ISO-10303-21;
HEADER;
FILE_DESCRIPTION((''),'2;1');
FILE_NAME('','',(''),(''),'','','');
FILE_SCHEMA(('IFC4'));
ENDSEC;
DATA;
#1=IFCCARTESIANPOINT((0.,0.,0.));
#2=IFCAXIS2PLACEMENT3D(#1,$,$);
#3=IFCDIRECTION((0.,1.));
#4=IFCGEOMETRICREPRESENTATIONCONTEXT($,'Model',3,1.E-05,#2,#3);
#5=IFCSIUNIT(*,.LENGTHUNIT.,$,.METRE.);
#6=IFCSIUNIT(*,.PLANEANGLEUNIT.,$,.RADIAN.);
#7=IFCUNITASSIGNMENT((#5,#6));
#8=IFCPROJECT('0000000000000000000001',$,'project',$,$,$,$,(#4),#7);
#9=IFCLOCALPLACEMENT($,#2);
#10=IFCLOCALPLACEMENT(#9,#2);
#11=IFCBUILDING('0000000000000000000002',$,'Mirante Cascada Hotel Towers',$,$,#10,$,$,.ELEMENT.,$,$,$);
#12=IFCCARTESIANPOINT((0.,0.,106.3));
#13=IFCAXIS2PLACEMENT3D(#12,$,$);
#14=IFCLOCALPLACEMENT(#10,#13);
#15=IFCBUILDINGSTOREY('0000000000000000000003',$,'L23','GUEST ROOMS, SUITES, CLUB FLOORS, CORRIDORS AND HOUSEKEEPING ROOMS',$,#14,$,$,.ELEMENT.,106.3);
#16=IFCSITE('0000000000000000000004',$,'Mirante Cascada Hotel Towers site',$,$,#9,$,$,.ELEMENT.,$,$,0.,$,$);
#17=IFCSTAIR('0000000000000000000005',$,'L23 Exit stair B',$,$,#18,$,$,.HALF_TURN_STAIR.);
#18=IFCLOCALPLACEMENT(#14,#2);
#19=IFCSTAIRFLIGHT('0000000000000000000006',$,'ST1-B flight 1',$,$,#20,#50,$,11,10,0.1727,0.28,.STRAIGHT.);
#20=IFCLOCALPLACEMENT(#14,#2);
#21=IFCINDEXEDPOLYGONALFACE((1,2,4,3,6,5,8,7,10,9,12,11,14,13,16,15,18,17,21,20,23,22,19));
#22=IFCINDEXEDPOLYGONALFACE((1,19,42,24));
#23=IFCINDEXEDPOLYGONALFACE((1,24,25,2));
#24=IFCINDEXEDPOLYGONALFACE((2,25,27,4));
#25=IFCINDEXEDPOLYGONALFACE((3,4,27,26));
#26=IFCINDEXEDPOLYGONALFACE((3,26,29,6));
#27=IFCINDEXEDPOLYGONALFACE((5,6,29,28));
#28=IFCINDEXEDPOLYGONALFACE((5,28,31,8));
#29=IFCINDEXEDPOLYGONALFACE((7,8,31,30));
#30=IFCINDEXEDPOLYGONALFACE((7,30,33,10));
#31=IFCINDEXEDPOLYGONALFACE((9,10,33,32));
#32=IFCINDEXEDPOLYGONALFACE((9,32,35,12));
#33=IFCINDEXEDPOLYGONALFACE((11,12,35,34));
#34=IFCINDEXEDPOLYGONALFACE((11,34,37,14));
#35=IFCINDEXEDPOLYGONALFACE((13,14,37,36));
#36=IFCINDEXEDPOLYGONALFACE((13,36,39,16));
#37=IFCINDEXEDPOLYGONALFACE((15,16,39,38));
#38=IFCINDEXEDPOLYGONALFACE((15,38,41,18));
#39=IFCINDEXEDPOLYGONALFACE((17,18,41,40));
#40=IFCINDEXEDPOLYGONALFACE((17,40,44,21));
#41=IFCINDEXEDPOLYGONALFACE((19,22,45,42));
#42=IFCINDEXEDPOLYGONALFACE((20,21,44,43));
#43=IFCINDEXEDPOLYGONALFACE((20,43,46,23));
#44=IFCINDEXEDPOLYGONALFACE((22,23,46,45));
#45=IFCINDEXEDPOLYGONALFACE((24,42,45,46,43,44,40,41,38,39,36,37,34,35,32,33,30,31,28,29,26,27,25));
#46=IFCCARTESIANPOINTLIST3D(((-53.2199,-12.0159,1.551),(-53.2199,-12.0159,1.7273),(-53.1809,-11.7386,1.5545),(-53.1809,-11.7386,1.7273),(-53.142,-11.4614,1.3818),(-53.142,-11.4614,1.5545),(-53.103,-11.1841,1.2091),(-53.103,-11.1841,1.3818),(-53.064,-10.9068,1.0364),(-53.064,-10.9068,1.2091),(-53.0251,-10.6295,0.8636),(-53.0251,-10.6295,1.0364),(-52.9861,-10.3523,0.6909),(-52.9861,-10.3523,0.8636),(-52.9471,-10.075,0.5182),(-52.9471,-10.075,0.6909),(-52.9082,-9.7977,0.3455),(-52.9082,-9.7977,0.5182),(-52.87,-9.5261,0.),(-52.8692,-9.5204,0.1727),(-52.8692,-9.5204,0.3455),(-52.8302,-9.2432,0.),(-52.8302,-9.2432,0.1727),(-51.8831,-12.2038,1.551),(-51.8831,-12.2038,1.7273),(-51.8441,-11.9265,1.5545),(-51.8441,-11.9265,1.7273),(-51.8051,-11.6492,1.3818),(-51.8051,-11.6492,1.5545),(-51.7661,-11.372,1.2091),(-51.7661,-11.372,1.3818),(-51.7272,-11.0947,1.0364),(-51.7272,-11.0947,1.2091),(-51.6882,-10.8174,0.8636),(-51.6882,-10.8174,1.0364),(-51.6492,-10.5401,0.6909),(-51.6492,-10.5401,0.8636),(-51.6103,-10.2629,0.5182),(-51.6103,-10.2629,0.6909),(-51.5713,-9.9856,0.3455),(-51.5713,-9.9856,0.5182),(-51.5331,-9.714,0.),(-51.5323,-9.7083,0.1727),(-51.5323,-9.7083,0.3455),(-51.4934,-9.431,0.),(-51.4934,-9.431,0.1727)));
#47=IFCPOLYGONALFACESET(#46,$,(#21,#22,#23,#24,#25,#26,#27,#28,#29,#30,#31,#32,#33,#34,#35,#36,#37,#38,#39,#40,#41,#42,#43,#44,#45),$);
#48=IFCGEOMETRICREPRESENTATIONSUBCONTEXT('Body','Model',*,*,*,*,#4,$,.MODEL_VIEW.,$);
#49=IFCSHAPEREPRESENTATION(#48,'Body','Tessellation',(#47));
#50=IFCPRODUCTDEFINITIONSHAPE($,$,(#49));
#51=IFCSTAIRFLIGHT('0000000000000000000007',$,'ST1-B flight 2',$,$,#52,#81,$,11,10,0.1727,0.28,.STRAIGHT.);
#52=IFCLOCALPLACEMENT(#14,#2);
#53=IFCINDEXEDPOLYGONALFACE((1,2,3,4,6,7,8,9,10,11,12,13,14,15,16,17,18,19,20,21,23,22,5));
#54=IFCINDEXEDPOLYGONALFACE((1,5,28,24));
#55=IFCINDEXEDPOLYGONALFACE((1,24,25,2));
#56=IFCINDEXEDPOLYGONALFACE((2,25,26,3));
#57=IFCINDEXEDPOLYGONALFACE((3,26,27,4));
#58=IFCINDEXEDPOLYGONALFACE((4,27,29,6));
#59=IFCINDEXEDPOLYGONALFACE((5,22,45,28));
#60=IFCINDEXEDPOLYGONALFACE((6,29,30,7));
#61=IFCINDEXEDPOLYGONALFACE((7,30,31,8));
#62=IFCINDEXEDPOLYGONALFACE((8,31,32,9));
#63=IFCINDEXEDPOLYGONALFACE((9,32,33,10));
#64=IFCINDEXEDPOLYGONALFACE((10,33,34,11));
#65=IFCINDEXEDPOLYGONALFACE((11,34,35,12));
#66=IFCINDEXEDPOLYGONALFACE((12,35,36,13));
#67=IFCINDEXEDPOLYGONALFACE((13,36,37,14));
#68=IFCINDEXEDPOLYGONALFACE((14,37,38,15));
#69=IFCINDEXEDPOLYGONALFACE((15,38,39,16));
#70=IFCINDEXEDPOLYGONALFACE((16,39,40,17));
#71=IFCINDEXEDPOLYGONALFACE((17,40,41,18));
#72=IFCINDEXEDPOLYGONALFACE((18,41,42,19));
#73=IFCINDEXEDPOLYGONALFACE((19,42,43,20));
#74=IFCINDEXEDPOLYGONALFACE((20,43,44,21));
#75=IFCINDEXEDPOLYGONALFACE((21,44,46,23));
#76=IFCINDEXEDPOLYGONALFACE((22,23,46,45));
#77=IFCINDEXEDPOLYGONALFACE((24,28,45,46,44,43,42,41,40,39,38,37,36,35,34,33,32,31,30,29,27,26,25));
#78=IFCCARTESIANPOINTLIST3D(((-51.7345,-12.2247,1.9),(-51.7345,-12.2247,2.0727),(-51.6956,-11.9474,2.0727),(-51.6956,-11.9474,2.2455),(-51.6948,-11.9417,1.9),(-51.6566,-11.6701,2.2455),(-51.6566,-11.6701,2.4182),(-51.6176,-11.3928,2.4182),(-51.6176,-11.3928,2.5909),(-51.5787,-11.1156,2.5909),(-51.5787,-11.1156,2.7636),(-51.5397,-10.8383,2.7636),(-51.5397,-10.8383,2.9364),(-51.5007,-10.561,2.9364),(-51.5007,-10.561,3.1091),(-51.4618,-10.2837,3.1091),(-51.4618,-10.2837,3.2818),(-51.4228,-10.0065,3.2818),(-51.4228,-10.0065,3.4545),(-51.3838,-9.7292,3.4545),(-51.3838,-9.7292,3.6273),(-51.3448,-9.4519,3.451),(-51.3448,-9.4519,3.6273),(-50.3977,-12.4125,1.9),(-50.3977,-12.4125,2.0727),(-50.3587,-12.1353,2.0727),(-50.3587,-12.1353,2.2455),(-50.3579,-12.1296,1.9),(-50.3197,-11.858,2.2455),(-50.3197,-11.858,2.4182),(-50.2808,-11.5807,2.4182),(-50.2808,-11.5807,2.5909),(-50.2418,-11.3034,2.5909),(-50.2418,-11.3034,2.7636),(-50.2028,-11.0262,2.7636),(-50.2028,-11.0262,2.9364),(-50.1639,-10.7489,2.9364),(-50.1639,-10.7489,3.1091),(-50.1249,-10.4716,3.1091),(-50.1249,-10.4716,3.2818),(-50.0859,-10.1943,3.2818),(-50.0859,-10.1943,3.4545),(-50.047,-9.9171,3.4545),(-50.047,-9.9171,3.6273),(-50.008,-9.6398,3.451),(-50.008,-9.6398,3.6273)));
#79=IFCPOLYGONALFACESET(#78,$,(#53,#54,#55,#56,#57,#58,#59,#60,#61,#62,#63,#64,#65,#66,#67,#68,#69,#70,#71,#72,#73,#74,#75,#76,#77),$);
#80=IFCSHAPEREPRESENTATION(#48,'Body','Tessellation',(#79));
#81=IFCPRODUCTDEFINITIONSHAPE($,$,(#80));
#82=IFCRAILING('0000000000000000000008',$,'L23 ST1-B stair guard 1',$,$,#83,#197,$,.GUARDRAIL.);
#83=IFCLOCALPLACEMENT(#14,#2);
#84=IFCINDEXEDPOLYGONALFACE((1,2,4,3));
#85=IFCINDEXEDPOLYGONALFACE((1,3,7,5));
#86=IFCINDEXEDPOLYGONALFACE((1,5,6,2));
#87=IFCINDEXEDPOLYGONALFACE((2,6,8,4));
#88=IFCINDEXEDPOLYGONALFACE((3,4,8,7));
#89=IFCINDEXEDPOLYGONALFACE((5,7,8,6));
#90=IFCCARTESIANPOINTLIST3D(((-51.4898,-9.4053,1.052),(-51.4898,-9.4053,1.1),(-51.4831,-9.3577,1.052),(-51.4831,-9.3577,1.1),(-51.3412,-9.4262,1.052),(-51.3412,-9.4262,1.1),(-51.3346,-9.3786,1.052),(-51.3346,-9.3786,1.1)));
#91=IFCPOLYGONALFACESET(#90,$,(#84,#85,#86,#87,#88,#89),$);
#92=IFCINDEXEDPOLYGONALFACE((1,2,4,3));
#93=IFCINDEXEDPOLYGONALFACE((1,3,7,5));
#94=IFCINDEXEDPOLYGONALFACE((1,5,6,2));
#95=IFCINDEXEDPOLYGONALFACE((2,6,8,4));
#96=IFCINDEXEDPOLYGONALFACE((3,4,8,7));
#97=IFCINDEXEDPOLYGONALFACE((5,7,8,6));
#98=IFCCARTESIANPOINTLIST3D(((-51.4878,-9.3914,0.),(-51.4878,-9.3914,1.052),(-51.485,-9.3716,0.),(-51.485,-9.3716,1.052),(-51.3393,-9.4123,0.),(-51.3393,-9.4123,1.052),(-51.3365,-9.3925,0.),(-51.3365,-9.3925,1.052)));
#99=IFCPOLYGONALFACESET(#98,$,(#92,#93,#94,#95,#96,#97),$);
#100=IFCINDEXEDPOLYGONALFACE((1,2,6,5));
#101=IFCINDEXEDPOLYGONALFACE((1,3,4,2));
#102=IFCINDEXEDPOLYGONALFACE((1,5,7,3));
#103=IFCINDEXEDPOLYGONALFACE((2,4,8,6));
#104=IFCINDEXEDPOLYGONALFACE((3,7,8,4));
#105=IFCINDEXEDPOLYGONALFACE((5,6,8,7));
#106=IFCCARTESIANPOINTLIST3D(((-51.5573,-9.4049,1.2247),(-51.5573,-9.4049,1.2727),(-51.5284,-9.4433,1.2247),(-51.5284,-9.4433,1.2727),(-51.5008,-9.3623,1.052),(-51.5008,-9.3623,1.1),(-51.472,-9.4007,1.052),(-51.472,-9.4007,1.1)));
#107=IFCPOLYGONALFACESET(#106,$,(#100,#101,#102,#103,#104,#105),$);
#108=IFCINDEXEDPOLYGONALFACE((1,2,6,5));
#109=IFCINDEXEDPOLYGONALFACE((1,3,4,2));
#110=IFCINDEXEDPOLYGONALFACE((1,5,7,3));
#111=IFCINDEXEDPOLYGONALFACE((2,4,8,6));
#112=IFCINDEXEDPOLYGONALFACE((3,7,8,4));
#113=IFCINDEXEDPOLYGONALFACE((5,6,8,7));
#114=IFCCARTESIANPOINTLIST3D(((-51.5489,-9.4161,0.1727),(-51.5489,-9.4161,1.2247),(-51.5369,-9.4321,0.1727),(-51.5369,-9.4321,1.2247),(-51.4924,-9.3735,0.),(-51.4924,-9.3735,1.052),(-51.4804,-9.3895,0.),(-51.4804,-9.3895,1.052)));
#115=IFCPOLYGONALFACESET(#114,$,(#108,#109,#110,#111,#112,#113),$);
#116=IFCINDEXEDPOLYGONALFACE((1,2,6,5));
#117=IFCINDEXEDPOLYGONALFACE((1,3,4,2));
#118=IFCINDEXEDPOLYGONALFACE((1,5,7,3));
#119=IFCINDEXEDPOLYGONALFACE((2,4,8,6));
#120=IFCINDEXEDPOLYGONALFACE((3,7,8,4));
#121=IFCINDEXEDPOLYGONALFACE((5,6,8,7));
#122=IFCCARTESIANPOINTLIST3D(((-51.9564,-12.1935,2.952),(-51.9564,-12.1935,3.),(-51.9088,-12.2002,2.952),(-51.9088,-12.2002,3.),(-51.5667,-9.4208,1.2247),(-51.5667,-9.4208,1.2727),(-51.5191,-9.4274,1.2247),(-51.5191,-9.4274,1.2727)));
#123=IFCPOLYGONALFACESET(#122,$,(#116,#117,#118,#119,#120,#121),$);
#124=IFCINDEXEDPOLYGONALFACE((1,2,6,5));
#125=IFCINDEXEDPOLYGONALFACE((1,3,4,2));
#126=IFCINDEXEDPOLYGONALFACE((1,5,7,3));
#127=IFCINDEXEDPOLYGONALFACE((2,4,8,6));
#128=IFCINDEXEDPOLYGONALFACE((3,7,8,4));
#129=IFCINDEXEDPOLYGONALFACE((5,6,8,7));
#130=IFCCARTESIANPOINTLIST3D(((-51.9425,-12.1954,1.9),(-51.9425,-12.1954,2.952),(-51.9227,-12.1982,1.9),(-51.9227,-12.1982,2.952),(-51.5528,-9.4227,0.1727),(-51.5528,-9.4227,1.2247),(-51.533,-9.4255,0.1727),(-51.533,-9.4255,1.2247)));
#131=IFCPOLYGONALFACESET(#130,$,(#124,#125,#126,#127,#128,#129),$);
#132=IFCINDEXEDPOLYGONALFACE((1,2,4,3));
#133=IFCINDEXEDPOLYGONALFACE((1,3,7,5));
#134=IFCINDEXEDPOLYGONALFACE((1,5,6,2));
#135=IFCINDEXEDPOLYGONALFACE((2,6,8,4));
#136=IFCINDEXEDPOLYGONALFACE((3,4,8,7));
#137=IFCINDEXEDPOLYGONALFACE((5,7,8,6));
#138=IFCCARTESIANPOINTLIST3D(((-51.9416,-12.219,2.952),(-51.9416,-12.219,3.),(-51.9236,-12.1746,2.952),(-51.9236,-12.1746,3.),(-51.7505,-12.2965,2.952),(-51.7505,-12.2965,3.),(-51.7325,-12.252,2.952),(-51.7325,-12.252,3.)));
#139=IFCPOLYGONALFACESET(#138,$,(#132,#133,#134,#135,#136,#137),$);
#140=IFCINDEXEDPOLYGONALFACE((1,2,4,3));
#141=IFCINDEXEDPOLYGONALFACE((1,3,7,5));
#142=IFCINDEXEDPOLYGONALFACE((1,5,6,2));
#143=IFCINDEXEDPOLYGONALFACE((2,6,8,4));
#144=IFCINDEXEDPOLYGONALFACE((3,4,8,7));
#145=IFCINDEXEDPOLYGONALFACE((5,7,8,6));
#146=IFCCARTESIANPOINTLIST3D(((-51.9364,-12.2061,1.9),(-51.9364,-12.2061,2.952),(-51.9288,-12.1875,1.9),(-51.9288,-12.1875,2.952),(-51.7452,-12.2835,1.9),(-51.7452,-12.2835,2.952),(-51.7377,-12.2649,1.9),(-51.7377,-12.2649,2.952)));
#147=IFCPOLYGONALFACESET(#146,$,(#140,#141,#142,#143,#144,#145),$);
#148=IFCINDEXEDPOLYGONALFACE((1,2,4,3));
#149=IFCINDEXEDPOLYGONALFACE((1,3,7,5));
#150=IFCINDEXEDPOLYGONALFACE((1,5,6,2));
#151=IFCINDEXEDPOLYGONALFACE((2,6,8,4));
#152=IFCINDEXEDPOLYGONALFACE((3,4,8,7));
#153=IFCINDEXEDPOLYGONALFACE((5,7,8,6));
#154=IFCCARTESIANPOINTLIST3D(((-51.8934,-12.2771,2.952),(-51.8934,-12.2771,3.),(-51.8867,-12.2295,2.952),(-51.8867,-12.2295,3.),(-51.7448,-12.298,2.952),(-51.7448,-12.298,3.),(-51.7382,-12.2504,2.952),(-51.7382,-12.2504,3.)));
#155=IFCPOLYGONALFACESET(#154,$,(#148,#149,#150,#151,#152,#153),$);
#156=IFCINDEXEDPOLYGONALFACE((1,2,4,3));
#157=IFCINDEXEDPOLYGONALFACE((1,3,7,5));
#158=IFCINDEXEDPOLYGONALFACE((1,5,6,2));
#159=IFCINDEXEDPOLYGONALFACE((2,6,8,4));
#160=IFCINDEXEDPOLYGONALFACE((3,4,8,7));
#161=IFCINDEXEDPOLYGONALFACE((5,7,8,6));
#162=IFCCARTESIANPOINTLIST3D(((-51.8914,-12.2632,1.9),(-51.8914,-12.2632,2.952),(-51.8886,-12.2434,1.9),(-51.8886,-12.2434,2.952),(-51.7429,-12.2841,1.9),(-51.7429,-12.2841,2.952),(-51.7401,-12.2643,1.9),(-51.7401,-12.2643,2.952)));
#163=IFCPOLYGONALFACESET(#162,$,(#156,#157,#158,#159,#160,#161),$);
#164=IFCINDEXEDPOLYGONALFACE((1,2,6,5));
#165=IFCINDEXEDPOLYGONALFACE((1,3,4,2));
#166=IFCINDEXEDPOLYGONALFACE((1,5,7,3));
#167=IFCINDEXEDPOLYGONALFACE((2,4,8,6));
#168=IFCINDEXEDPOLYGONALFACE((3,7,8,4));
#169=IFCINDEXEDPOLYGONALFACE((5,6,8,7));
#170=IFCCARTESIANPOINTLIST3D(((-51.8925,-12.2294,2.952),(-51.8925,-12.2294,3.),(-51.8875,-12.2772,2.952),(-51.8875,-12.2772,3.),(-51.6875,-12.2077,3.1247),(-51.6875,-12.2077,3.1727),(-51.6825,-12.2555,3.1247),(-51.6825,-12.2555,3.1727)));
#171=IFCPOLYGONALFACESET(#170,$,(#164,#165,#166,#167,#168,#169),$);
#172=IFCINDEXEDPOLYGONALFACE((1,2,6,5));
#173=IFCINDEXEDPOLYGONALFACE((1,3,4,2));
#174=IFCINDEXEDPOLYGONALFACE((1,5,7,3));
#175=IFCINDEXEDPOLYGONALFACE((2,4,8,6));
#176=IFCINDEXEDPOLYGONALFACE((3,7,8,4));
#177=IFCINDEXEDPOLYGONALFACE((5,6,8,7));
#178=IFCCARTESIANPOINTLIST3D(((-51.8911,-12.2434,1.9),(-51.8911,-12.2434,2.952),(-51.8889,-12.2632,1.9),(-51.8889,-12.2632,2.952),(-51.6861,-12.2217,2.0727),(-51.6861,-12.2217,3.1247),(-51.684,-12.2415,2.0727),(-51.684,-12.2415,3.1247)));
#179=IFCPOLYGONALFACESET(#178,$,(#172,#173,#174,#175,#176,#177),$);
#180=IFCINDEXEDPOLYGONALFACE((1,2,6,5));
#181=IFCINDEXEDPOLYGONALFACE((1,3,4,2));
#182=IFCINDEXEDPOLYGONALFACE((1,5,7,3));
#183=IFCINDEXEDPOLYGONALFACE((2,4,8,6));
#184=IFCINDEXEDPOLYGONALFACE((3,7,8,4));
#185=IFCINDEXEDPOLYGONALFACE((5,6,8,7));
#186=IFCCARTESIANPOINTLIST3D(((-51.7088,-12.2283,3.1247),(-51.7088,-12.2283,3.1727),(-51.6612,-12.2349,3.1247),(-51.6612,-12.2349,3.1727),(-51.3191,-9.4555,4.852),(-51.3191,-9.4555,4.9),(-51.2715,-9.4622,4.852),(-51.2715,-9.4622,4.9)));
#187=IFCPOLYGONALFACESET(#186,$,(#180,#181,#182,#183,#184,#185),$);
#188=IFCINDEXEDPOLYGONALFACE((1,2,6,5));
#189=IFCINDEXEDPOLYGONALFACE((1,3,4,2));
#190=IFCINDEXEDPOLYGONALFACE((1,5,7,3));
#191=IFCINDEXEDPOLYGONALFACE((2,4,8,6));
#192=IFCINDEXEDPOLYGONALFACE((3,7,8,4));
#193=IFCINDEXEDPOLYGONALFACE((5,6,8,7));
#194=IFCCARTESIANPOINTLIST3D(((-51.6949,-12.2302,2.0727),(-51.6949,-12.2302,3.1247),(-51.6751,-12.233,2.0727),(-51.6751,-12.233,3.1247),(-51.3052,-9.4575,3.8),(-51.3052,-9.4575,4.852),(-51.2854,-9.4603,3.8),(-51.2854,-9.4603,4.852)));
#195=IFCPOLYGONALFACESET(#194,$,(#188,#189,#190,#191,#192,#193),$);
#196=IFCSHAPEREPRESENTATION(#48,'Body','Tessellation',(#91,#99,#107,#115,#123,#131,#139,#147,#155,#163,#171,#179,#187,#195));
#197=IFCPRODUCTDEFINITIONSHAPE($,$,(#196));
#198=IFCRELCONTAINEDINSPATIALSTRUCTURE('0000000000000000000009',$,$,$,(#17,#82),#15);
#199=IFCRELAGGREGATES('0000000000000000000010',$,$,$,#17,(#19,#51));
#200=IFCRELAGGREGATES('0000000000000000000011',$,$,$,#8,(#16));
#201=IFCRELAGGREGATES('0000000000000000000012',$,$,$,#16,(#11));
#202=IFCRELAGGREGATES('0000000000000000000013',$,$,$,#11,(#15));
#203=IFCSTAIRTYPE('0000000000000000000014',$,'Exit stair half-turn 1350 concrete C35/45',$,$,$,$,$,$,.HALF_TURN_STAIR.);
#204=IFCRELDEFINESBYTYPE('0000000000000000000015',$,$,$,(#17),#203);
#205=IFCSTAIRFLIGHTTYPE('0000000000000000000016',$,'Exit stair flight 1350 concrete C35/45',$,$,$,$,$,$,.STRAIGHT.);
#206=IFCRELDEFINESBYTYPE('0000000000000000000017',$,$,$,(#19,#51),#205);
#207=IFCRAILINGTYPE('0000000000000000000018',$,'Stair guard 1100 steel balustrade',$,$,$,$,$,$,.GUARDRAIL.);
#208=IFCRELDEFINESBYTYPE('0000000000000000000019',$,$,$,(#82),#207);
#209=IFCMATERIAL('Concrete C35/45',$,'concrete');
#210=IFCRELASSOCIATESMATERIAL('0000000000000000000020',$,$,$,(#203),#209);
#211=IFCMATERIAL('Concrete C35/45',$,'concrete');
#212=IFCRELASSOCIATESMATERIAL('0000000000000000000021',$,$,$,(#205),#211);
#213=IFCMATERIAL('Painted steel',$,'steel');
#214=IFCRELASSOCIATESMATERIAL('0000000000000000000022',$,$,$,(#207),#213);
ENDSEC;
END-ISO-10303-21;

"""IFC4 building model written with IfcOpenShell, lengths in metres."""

from ifc_helpers import new_model, si_unit, direction, frame, origin, origin_2d, place, context, subcontext, project, spatial, polyline, rectangle, outline, extrude, material, type_object, element, aggregate, save


model = new_model("IFC4")

# Units and contexts
model_context = context("Model", 3, precision=1e-05, world=origin(), true_north=direction((0.0, 1.0)))
body_context = subcontext(model_context, "Body", "Model", "MODEL_VIEW")
ifc_project = project(units=[si_unit("LENGTHUNIT", "METRE"), si_unit("PLANEANGLEUNIT", "RADIAN")], contexts=[model_context])

# Site, building, storey
site_placement = place(None, origin())
site = spatial("IfcSite", under=ifc_project, at=site_placement, Name="Mirante Cascada Hotel Towers site", CompositionType="ELEMENT", RefElevation=0.0)
building_placement = place(site_placement, origin())
building = spatial("IfcBuilding", under=site, at=building_placement, Name="Mirante Cascada Hotel Towers", CompositionType="ELEMENT")
storey_placement = place(building_placement, frame((0.0, 0.0, 106.3)))
storey = spatial("IfcBuildingStorey", under=building, at=storey_placement, Name="L23", Description="GUEST ROOMS, SUITES, CLUB FLOORS, CORRIDORS AND HOUSEKEEPING ROOMS", CompositionType="ELEMENT", Elevation=106.3)

# Stair, stair flights
ifc_material_1 = material(Name="Concrete C35/45", Category="concrete")
stair_type = type_object("IfcStairType", Name="Exit stair half-turn 1350 concrete C35/45", PredefinedType="HALF_TURN_STAIR", material=ifc_material_1)
stair_placement = place(storey_placement, origin())
stair = element("IfcStair", 1, at=stair_placement, inside=storey, type_object=stair_type, Name="L23 Exit stair B", PredefinedType="HALF_TURN_STAIR")
ifc_material_2 = material(Name="Concrete C35/45", Category="concrete")
stair_flight_type = type_object("IfcStairFlightType", Name="Exit stair flight 1350 concrete C35/45", PredefinedType="STRAIGHT", material=ifc_material_2)
stair_flight_1_placement = place(storey_placement, frame((-52.1618, -9.3371, 0.0), z_axis=(0.0, 0.0, 1.0), x_axis=(-0.139173, -0.990268, 0.0)))
stair_flight_1 = element("IfcStairFlight", 2, at=stair_flight_1_placement, type_object=stair_flight_type, Name="ST1-B flight 1", NumberOfRisers=11, NumberOfTreads=10, PredefinedType="STRAIGHT", RiserHeight=0.1727, TreadLength=0.28, context=body_context, shape_type="SweptSolid", body=[
    extrude(outline(polyline([(0.0, 0.0), (0.0, 0.1727), (0.28, 0.1727), (0.28, 0.3455), (0.56, 0.3455), (0.56, 0.5182), (0.84, 0.5182), (0.84, 0.6909), (1.12, 0.6909), (1.12, 0.8636), (1.4, 0.8636), (1.4, 1.0364), (1.68, 1.0364), (1.68, 1.2091), (1.96, 1.2091), (1.96, 1.3818), (2.24, 1.3818), (2.24, 1.5545), (2.52, 1.5545), (2.52, 1.7273), (2.8, 1.7273), (2.8, 1.9), (2.8, 1.551), (0.2857, 0.0), (0.0, 0.0)])), frame((0.0, 0.675, 0.0), z_axis=(0.0, -1.0, 0.0), x_axis=(1.0, 0.0, 0.0)), (0.0, 0.0, 1.0), 1.35),
])
stair_flight_2_placement = place(storey_placement, frame((-51.0661, -12.3186, 1.9), z_axis=(0.0, 0.0, 1.0), x_axis=(0.139173, 0.990268, 0.0)))
stair_flight_2 = element("IfcStairFlight", 3, at=stair_flight_2_placement, type_object=stair_flight_type, Name="ST1-B flight 2", NumberOfRisers=11, NumberOfTreads=10, PredefinedType="STRAIGHT", RiserHeight=0.1727, TreadLength=0.28, context=body_context, shape_type="SweptSolid", body=[
    extrude(outline(polyline([(0.0, 0.0), (0.0, 0.1727), (0.28, 0.1727), (0.28, 0.3455), (0.56, 0.3455), (0.56, 0.5182), (0.84, 0.5182), (0.84, 0.6909), (1.12, 0.6909), (1.12, 0.8636), (1.4, 0.8636), (1.4, 1.0364), (1.68, 1.0364), (1.68, 1.2091), (1.96, 1.2091), (1.96, 1.3818), (2.24, 1.3818), (2.24, 1.5545), (2.52, 1.5545), (2.52, 1.7273), (2.8, 1.7273), (2.8, 1.9), (2.8, 1.551), (0.2857, 0.0), (0.0, 0.0)])), frame((0.0, 0.675, 0.0), z_axis=(0.0, -1.0, 0.0), x_axis=(1.0, 0.0, 0.0)), (0.0, 0.0, 1.0), 1.35),
])
aggregate(stair, [stair_flight_1, stair_flight_2])

# Railing
ifc_material_3 = material(Name="Painted steel", Category="steel")
railing_type_1 = type_object("IfcRailingType", Name="Stair guard 1100 steel balustrade", PredefinedType="GUARDRAIL", material=ifc_material_3)
railing_1_placement = place(storey_placement, frame((-51.3379, -9.4024, 0.0)))
element("IfcRailing", 4, at=railing_1_placement, inside=storey, type_object=railing_type_1, Name="L23 ST1-B stair guard 1", PredefinedType="GUARDRAIL", context=body_context, shape_type="SweptSolid", body=[
    extrude(rectangle(XDim=0.048, YDim=0.048, at=origin_2d()), frame((0.0, 0.0, 1.076), z_axis=(-0.990241, 0.139367, 0.0), x_axis=(-0.139367, -0.990241, 0.0)), (0.0, 0.0, 1.0), 0.15),
    extrude(rectangle(XDim=0.02, YDim=1.052, at=origin_2d()), frame((0.0, 0.0, 0.526), z_axis=(-0.990241, 0.139367, 0.0), x_axis=(-0.139367, -0.990241, 0.0)), (0.0, 0.0, 1.0), 0.15),
    extrude(rectangle(XDim=0.048, YDim=0.048, at=origin_2d()), frame((-0.1485, 0.0209, 1.076), z_axis=(-0.798471, -0.602033, 0.0), x_axis=(0.602033, -0.798471, 0.0)), (0.0, 0.92534, 0.379139), 0.1866),
    extrude(rectangle(XDim=0.02, YDim=1.052, at=origin_2d()), frame((-0.1485, 0.0209, 0.526), z_axis=(-0.798471, -0.602033, 0.0), x_axis=(0.602033, -0.798471, 0.0)), (0.0, 0.92534, 0.379139), 0.1866),
    extrude(rectangle(XDim=0.048, YDim=0.048, at=origin_2d()), frame((-0.205, -0.0217, 1.2487), z_axis=(-0.139181, -0.990267, 0.0), x_axis=(0.990267, -0.139181, 0.0)), (0.0, 0.525035, 0.851081), 3.2899),
    extrude(rectangle(XDim=0.02, YDim=1.052, at=origin_2d()), frame((-0.205, -0.0217, 0.6987), z_axis=(-0.139181, -0.990267, 0.0), x_axis=(0.990267, -0.139181, 0.0)), (0.0, 0.525035, 0.851081), 3.2899),
    extrude(rectangle(XDim=0.048, YDim=0.048, at=origin_2d()), frame((-0.5947, -2.7944, 2.976), z_axis=(0.926862, -0.375401, 0.0), x_axis=(0.375401, 0.926862, 0.0)), (0.0, 0.0, 1.0), 0.2062),
    extrude(rectangle(XDim=0.02, YDim=1.052, at=origin_2d()), frame((-0.5947, -2.7944, 2.426), z_axis=(0.926862, -0.375401, 0.0), x_axis=(0.375401, 0.926862, 0.0)), (0.0, 0.0, 1.0), 0.2062),
    extrude(rectangle(XDim=0.048, YDim=0.048, at=origin_2d()), frame((-0.4036, -2.8718, 2.976), z_axis=(-0.990241, 0.139367, 0.0), x_axis=(-0.139367, -0.990241, 0.0)), (0.0, 0.0, 1.0), 0.15),
    extrude(rectangle(XDim=0.02, YDim=1.052, at=origin_2d()), frame((-0.4036, -2.8718, 2.426), z_axis=(-0.990241, 0.139367, 0.0), x_axis=(-0.139367, -0.990241, 0.0)), (0.0, 0.0, 1.0), 0.15),
    extrude(rectangle(XDim=0.048, YDim=0.048, at=origin_2d()), frame((-0.5521, -2.8509, 2.976), z_axis=(0.994444, 0.105266, 0.0), x_axis=(-0.105266, 0.994444, 0.0)), (0.0, 0.642184, 0.76655), 0.2689),
    extrude(rectangle(XDim=0.02, YDim=1.052, at=origin_2d()), frame((-0.5521, -2.8509, 2.426), z_axis=(0.994444, 0.105266, 0.0), x_axis=(-0.105266, 0.994444, 0.0)), (0.0, 0.642184, 0.76655), 0.2689),
    extrude(rectangle(XDim=0.048, YDim=0.048, at=origin_2d()), frame((-0.3471, -2.8292, 3.1487), z_axis=(0.139181, 0.990267, 0.0), x_axis=(-0.990267, 0.139181, 0.0)), (0.0, 0.525035, 0.851081), 3.2899),
    extrude(rectangle(XDim=0.02, YDim=1.052, at=origin_2d()), frame((-0.3471, -2.8292, 2.5987), z_axis=(0.139181, 0.990267, 0.0), x_axis=(-0.990267, 0.139181, 0.0)), (0.0, 0.525035, 0.851081), 3.2899),
])

save(model, "model.ifc")
